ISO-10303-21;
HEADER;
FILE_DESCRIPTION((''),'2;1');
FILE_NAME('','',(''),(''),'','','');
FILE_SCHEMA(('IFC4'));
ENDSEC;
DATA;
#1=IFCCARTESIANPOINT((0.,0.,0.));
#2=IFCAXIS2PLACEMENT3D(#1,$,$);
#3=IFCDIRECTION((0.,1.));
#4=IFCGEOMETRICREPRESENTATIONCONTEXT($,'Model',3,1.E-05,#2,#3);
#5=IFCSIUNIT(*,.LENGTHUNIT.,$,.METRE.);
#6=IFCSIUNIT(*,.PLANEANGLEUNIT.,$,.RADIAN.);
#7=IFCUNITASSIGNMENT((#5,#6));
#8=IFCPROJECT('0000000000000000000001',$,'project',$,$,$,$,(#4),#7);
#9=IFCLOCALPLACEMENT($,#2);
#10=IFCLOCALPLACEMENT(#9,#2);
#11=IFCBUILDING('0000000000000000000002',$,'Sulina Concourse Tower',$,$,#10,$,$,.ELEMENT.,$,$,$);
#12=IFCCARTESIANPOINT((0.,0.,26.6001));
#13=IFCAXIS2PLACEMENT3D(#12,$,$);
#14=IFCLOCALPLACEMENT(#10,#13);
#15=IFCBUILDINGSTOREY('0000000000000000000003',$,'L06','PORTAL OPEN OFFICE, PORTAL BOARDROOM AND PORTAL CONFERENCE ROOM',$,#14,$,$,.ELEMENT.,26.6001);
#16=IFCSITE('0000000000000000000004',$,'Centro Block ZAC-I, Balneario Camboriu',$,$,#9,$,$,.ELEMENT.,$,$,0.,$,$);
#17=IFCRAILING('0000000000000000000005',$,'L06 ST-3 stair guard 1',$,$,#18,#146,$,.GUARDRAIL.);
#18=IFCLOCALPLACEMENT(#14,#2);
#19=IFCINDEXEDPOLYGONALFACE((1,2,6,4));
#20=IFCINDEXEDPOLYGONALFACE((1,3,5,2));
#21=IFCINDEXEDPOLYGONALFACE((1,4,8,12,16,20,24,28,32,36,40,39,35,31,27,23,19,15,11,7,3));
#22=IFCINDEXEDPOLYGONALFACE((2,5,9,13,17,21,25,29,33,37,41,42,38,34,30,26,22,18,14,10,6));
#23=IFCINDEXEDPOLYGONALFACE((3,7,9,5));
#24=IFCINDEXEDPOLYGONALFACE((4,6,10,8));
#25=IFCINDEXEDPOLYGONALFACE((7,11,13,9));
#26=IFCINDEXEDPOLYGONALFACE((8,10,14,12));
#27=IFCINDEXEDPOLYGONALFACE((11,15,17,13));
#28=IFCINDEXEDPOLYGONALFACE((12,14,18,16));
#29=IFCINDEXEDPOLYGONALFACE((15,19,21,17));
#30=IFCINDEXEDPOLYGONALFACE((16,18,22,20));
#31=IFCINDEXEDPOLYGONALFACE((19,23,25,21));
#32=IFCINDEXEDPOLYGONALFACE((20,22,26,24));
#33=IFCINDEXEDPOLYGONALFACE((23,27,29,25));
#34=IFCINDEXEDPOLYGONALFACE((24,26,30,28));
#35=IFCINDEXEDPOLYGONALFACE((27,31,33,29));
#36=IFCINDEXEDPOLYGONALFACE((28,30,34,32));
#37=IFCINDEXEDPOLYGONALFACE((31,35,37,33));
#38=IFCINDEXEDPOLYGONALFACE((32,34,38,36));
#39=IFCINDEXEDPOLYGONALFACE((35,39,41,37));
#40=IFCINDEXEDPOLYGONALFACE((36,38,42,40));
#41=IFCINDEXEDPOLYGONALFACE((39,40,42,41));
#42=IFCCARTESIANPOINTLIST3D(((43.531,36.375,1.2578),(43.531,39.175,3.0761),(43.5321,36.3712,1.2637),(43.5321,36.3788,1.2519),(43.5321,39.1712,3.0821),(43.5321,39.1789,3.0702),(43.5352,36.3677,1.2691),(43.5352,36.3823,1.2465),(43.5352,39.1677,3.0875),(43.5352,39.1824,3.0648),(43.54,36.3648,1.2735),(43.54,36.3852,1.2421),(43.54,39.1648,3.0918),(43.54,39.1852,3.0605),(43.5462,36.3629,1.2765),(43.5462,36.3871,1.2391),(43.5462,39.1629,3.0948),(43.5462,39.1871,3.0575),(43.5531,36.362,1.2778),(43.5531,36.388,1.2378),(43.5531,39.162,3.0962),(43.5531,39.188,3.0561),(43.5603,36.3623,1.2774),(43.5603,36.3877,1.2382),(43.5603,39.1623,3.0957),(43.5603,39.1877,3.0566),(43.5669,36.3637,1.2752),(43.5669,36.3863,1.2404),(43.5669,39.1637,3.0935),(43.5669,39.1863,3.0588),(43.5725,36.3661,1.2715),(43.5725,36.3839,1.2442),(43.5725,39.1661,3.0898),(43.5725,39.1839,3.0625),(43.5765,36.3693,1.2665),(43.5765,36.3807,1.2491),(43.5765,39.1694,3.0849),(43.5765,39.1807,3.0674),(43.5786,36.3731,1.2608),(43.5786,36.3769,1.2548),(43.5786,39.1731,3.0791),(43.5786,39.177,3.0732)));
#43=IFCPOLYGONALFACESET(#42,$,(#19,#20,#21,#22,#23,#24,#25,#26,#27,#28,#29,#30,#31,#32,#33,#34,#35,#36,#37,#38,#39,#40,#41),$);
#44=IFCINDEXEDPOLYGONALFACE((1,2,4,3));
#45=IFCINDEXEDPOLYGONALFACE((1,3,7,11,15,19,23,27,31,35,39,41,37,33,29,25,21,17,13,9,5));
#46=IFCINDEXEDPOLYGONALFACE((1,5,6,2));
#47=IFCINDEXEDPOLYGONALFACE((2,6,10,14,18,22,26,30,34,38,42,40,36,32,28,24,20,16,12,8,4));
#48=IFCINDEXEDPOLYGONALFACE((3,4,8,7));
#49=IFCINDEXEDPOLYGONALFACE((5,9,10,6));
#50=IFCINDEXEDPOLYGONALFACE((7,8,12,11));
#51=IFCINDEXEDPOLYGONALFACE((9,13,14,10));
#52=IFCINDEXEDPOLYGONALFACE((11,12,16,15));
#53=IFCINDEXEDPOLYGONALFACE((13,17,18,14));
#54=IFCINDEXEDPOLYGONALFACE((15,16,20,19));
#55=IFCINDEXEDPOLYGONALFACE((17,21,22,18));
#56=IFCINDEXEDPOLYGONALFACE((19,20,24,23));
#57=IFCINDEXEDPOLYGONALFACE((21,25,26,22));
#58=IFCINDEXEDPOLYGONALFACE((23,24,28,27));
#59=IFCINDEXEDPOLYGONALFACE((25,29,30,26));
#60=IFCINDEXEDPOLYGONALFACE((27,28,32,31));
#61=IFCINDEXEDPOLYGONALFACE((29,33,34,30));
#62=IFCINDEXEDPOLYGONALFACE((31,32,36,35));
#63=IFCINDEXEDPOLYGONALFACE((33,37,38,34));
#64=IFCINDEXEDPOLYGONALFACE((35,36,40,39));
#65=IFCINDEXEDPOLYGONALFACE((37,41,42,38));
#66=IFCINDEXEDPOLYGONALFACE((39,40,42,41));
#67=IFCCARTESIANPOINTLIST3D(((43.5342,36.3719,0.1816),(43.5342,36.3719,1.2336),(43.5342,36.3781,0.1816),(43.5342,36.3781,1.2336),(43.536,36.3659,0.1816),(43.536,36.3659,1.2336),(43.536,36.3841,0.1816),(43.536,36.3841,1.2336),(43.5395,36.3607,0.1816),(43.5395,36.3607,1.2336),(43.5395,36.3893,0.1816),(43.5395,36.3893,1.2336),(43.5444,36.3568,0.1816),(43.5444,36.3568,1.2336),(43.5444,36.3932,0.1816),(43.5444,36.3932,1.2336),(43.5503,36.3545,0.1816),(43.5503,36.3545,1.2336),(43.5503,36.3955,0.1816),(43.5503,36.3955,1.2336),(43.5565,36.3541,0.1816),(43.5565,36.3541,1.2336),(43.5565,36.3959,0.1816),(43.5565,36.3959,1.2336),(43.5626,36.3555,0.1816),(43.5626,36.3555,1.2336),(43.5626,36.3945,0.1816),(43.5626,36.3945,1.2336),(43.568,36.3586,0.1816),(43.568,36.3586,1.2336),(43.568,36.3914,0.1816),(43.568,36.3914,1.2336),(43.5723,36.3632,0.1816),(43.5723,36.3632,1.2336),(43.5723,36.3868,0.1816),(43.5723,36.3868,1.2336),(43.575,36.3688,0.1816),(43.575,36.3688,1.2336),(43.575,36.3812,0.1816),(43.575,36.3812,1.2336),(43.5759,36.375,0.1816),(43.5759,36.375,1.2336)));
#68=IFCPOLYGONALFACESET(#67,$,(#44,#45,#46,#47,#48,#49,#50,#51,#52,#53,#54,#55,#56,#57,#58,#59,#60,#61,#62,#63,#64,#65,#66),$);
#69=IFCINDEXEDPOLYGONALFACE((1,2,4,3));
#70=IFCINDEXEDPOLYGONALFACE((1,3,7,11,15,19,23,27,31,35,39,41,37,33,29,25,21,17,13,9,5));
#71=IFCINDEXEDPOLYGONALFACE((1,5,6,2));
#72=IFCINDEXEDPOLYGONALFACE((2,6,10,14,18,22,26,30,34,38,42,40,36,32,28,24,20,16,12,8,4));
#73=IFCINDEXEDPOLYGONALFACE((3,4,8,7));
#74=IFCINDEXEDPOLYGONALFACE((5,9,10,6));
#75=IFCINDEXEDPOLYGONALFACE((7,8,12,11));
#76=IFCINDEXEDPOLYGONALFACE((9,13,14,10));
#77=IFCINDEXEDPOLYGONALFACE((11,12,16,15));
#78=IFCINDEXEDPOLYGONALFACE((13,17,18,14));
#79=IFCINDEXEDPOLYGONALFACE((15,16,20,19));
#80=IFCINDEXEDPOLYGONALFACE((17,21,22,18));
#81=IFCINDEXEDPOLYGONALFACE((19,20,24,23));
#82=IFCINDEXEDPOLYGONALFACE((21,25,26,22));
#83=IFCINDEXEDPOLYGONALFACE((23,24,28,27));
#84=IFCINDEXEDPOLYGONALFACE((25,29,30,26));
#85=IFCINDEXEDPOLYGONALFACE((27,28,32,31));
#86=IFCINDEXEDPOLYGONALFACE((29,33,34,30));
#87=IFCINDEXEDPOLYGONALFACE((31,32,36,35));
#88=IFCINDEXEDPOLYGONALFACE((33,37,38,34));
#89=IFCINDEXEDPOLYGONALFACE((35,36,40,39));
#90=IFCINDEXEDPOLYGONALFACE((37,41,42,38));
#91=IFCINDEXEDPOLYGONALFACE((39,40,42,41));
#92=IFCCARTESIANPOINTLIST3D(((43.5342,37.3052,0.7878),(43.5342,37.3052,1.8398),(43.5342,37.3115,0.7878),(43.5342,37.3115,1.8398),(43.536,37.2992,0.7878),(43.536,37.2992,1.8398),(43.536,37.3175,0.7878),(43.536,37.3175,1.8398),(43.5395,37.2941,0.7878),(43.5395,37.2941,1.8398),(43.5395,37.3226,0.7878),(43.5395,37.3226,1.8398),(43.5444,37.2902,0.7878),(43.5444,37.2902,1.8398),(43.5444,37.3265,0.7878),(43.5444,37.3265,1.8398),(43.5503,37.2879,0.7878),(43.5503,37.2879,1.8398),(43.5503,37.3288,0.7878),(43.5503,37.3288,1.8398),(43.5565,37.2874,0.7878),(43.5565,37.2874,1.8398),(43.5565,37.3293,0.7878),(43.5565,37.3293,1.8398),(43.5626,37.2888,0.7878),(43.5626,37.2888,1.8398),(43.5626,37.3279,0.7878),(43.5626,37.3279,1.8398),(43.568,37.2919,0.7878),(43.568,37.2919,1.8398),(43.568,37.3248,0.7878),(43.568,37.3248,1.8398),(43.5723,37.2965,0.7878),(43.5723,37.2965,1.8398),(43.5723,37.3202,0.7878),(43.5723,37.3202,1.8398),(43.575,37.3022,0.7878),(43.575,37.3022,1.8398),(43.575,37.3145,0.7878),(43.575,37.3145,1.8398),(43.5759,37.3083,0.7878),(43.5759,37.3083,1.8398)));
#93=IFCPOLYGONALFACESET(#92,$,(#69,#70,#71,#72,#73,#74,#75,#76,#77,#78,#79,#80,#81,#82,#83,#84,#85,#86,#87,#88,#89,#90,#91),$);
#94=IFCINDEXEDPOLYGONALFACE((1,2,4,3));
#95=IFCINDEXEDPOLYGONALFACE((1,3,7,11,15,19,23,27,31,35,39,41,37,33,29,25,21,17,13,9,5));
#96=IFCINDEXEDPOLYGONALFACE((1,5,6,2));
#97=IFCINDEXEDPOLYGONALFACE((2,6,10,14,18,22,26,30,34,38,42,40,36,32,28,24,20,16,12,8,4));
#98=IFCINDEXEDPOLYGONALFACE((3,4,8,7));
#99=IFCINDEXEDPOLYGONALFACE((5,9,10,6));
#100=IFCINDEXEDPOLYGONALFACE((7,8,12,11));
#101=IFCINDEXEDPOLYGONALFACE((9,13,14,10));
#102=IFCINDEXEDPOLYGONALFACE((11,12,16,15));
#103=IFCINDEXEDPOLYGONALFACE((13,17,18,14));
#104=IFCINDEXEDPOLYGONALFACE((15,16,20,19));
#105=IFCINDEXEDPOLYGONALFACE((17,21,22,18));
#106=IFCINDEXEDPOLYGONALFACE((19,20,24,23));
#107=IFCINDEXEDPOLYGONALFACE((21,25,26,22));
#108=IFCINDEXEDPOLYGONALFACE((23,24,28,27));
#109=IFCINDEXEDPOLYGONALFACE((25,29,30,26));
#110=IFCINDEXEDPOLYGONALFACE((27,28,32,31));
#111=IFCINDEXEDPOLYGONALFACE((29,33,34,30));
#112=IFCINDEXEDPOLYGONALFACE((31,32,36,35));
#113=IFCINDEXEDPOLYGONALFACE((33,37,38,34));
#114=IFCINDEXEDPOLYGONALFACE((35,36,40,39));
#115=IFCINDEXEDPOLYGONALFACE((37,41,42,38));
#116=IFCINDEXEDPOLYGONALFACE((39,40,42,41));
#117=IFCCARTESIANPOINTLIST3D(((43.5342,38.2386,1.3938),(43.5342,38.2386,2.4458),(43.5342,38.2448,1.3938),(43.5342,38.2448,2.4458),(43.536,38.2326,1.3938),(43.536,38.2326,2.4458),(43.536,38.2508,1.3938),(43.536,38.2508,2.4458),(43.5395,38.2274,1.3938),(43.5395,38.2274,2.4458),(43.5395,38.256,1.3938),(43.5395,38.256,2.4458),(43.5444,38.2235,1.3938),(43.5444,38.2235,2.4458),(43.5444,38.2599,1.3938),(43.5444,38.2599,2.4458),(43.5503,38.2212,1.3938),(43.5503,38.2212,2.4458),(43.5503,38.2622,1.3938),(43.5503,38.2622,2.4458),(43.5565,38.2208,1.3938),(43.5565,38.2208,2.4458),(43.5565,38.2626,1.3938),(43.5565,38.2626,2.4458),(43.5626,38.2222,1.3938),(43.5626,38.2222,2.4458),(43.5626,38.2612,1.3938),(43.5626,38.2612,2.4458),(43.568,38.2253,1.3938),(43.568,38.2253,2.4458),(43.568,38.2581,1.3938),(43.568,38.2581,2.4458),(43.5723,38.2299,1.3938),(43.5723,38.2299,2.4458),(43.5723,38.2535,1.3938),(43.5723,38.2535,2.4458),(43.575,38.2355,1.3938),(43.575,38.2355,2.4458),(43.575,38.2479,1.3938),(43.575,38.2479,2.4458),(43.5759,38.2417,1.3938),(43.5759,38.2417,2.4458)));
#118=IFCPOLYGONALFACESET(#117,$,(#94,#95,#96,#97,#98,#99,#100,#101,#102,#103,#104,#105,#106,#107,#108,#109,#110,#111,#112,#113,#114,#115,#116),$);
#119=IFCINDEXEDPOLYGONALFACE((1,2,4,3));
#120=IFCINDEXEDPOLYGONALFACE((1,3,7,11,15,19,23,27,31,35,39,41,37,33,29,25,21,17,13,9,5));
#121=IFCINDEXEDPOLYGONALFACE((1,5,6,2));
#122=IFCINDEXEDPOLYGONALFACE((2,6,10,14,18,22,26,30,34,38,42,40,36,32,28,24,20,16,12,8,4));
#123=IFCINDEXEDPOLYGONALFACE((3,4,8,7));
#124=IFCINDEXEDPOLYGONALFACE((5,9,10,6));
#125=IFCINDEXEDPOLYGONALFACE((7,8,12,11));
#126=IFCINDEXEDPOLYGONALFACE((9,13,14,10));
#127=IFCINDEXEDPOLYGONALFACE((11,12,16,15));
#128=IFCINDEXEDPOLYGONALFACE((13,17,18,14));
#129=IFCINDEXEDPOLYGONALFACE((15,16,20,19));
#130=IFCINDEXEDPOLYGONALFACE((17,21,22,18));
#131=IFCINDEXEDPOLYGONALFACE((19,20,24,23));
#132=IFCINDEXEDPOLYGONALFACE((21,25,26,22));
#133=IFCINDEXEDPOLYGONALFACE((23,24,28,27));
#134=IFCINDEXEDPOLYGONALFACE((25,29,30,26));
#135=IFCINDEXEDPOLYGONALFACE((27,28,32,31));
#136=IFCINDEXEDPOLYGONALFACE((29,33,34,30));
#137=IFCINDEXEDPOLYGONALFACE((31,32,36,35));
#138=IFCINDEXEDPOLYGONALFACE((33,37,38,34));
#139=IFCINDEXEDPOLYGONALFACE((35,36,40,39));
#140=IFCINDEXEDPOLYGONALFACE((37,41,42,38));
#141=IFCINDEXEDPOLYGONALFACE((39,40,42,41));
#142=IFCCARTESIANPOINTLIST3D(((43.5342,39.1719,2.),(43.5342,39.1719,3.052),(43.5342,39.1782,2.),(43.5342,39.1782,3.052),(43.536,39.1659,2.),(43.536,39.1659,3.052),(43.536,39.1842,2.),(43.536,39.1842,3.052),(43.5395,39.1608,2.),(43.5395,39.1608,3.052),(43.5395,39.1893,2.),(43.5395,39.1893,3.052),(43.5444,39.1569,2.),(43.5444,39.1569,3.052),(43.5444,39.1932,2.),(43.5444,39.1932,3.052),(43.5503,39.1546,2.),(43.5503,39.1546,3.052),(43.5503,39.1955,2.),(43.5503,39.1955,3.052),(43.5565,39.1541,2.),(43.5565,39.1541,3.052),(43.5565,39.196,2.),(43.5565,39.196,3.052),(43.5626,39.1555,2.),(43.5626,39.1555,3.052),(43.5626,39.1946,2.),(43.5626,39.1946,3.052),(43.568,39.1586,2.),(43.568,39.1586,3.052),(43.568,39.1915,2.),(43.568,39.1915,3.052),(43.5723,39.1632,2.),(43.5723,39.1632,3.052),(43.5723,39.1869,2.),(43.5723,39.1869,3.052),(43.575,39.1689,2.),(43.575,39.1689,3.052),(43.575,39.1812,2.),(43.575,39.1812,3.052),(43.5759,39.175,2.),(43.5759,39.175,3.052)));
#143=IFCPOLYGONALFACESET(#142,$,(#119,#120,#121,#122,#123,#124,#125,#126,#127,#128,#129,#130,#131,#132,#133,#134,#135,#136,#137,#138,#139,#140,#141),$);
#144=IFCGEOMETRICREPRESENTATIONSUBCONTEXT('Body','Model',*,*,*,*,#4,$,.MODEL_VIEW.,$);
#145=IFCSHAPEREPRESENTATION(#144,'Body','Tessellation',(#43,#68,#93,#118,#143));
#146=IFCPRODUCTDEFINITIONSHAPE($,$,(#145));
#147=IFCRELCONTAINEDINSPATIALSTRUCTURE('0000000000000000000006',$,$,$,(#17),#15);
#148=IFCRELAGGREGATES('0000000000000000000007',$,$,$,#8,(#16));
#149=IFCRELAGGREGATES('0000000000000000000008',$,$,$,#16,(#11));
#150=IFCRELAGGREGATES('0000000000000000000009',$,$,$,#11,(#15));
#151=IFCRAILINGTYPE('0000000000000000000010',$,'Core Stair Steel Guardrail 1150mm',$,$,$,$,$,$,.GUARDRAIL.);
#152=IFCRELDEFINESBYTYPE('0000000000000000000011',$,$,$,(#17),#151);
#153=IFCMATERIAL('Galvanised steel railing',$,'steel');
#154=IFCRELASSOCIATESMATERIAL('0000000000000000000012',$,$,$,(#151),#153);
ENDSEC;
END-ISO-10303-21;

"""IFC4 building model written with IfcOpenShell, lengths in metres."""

from ifc_helpers import new_model, si_unit, direction, frame, origin, origin_2d, place, context, subcontext, project, spatial, circle, extrude, material, type_object, element, save


model = new_model("IFC4")

# Units and contexts
model_context = context("Model", 3, precision=1e-05, world=origin(), true_north=direction((0.0, 1.0)))
body_context = subcontext(model_context, "Body", "Model", "MODEL_VIEW")
ifc_project = project(units=[si_unit("LENGTHUNIT", "METRE"), si_unit("PLANEANGLEUNIT", "RADIAN")], contexts=[model_context])

# Site, building, storey
site_placement = place(None, origin())
site = spatial("IfcSite", under=ifc_project, at=site_placement, Name="Centro Block ZAC-I, Balneario Camboriu", CompositionType="ELEMENT", RefElevation=0.0)
building_placement = place(site_placement, origin())
building = spatial("IfcBuilding", under=site, at=building_placement, Name="Sulina Concourse Tower", CompositionType="ELEMENT")
storey_placement = place(building_placement, frame((0.0, 0.0, 26.6001)))
storey = spatial("IfcBuildingStorey", under=building, at=storey_placement, Name="L06", Description="PORTAL OPEN OFFICE, PORTAL BOARDROOM AND PORTAL CONFERENCE ROOM", CompositionType="ELEMENT", Elevation=26.6001)

# Railing
ifc_material_1 = material(Name="Galvanised steel railing", Category="steel")
railing_type_1 = type_object("IfcRailingType", Name="Core Stair Steel Guardrail 1150mm", PredefinedType="GUARDRAIL", material=ifc_material_1)
railing_1_placement = place(storey_placement, frame((43.5549, 36.375, 0.1816)))
element("IfcRailing", 1, at=railing_1_placement, inside=storey, type_object=railing_type_1, Name="L06 ST-3 stair guard 1", PredefinedType="GUARDRAIL", context=body_context, shape_type="SweptSolid", body=[
    extrude(circle(Radius=0.0239, at=origin_2d()), frame((0.0, 0.0, 1.0762), z_axis=(0.0, 0.838672, 0.544636), x_axis=(-1.0, 0.0, 0.0)), (0.0, 0.0, 1.0), 3.3386),
    extrude(circle(Radius=0.021, at=origin_2d()), origin(), (0.0, 0.0, 1.0), 1.052),
    extrude(circle(Radius=0.021, at=origin_2d()), frame((0.0, 0.9333, 0.6062)), (0.0, 0.0, 1.0), 1.052),
    extrude(circle(Radius=0.021, at=origin_2d()), frame((0.0, 1.8667, 1.2122)), (0.0, 0.0, 1.0), 1.052),
    extrude(circle(Radius=0.021, at=origin_2d()), frame((0.0, 2.8, 1.8184)), (0.0, 0.0, 1.0), 1.052),
])

save(model, "model.ifc")
